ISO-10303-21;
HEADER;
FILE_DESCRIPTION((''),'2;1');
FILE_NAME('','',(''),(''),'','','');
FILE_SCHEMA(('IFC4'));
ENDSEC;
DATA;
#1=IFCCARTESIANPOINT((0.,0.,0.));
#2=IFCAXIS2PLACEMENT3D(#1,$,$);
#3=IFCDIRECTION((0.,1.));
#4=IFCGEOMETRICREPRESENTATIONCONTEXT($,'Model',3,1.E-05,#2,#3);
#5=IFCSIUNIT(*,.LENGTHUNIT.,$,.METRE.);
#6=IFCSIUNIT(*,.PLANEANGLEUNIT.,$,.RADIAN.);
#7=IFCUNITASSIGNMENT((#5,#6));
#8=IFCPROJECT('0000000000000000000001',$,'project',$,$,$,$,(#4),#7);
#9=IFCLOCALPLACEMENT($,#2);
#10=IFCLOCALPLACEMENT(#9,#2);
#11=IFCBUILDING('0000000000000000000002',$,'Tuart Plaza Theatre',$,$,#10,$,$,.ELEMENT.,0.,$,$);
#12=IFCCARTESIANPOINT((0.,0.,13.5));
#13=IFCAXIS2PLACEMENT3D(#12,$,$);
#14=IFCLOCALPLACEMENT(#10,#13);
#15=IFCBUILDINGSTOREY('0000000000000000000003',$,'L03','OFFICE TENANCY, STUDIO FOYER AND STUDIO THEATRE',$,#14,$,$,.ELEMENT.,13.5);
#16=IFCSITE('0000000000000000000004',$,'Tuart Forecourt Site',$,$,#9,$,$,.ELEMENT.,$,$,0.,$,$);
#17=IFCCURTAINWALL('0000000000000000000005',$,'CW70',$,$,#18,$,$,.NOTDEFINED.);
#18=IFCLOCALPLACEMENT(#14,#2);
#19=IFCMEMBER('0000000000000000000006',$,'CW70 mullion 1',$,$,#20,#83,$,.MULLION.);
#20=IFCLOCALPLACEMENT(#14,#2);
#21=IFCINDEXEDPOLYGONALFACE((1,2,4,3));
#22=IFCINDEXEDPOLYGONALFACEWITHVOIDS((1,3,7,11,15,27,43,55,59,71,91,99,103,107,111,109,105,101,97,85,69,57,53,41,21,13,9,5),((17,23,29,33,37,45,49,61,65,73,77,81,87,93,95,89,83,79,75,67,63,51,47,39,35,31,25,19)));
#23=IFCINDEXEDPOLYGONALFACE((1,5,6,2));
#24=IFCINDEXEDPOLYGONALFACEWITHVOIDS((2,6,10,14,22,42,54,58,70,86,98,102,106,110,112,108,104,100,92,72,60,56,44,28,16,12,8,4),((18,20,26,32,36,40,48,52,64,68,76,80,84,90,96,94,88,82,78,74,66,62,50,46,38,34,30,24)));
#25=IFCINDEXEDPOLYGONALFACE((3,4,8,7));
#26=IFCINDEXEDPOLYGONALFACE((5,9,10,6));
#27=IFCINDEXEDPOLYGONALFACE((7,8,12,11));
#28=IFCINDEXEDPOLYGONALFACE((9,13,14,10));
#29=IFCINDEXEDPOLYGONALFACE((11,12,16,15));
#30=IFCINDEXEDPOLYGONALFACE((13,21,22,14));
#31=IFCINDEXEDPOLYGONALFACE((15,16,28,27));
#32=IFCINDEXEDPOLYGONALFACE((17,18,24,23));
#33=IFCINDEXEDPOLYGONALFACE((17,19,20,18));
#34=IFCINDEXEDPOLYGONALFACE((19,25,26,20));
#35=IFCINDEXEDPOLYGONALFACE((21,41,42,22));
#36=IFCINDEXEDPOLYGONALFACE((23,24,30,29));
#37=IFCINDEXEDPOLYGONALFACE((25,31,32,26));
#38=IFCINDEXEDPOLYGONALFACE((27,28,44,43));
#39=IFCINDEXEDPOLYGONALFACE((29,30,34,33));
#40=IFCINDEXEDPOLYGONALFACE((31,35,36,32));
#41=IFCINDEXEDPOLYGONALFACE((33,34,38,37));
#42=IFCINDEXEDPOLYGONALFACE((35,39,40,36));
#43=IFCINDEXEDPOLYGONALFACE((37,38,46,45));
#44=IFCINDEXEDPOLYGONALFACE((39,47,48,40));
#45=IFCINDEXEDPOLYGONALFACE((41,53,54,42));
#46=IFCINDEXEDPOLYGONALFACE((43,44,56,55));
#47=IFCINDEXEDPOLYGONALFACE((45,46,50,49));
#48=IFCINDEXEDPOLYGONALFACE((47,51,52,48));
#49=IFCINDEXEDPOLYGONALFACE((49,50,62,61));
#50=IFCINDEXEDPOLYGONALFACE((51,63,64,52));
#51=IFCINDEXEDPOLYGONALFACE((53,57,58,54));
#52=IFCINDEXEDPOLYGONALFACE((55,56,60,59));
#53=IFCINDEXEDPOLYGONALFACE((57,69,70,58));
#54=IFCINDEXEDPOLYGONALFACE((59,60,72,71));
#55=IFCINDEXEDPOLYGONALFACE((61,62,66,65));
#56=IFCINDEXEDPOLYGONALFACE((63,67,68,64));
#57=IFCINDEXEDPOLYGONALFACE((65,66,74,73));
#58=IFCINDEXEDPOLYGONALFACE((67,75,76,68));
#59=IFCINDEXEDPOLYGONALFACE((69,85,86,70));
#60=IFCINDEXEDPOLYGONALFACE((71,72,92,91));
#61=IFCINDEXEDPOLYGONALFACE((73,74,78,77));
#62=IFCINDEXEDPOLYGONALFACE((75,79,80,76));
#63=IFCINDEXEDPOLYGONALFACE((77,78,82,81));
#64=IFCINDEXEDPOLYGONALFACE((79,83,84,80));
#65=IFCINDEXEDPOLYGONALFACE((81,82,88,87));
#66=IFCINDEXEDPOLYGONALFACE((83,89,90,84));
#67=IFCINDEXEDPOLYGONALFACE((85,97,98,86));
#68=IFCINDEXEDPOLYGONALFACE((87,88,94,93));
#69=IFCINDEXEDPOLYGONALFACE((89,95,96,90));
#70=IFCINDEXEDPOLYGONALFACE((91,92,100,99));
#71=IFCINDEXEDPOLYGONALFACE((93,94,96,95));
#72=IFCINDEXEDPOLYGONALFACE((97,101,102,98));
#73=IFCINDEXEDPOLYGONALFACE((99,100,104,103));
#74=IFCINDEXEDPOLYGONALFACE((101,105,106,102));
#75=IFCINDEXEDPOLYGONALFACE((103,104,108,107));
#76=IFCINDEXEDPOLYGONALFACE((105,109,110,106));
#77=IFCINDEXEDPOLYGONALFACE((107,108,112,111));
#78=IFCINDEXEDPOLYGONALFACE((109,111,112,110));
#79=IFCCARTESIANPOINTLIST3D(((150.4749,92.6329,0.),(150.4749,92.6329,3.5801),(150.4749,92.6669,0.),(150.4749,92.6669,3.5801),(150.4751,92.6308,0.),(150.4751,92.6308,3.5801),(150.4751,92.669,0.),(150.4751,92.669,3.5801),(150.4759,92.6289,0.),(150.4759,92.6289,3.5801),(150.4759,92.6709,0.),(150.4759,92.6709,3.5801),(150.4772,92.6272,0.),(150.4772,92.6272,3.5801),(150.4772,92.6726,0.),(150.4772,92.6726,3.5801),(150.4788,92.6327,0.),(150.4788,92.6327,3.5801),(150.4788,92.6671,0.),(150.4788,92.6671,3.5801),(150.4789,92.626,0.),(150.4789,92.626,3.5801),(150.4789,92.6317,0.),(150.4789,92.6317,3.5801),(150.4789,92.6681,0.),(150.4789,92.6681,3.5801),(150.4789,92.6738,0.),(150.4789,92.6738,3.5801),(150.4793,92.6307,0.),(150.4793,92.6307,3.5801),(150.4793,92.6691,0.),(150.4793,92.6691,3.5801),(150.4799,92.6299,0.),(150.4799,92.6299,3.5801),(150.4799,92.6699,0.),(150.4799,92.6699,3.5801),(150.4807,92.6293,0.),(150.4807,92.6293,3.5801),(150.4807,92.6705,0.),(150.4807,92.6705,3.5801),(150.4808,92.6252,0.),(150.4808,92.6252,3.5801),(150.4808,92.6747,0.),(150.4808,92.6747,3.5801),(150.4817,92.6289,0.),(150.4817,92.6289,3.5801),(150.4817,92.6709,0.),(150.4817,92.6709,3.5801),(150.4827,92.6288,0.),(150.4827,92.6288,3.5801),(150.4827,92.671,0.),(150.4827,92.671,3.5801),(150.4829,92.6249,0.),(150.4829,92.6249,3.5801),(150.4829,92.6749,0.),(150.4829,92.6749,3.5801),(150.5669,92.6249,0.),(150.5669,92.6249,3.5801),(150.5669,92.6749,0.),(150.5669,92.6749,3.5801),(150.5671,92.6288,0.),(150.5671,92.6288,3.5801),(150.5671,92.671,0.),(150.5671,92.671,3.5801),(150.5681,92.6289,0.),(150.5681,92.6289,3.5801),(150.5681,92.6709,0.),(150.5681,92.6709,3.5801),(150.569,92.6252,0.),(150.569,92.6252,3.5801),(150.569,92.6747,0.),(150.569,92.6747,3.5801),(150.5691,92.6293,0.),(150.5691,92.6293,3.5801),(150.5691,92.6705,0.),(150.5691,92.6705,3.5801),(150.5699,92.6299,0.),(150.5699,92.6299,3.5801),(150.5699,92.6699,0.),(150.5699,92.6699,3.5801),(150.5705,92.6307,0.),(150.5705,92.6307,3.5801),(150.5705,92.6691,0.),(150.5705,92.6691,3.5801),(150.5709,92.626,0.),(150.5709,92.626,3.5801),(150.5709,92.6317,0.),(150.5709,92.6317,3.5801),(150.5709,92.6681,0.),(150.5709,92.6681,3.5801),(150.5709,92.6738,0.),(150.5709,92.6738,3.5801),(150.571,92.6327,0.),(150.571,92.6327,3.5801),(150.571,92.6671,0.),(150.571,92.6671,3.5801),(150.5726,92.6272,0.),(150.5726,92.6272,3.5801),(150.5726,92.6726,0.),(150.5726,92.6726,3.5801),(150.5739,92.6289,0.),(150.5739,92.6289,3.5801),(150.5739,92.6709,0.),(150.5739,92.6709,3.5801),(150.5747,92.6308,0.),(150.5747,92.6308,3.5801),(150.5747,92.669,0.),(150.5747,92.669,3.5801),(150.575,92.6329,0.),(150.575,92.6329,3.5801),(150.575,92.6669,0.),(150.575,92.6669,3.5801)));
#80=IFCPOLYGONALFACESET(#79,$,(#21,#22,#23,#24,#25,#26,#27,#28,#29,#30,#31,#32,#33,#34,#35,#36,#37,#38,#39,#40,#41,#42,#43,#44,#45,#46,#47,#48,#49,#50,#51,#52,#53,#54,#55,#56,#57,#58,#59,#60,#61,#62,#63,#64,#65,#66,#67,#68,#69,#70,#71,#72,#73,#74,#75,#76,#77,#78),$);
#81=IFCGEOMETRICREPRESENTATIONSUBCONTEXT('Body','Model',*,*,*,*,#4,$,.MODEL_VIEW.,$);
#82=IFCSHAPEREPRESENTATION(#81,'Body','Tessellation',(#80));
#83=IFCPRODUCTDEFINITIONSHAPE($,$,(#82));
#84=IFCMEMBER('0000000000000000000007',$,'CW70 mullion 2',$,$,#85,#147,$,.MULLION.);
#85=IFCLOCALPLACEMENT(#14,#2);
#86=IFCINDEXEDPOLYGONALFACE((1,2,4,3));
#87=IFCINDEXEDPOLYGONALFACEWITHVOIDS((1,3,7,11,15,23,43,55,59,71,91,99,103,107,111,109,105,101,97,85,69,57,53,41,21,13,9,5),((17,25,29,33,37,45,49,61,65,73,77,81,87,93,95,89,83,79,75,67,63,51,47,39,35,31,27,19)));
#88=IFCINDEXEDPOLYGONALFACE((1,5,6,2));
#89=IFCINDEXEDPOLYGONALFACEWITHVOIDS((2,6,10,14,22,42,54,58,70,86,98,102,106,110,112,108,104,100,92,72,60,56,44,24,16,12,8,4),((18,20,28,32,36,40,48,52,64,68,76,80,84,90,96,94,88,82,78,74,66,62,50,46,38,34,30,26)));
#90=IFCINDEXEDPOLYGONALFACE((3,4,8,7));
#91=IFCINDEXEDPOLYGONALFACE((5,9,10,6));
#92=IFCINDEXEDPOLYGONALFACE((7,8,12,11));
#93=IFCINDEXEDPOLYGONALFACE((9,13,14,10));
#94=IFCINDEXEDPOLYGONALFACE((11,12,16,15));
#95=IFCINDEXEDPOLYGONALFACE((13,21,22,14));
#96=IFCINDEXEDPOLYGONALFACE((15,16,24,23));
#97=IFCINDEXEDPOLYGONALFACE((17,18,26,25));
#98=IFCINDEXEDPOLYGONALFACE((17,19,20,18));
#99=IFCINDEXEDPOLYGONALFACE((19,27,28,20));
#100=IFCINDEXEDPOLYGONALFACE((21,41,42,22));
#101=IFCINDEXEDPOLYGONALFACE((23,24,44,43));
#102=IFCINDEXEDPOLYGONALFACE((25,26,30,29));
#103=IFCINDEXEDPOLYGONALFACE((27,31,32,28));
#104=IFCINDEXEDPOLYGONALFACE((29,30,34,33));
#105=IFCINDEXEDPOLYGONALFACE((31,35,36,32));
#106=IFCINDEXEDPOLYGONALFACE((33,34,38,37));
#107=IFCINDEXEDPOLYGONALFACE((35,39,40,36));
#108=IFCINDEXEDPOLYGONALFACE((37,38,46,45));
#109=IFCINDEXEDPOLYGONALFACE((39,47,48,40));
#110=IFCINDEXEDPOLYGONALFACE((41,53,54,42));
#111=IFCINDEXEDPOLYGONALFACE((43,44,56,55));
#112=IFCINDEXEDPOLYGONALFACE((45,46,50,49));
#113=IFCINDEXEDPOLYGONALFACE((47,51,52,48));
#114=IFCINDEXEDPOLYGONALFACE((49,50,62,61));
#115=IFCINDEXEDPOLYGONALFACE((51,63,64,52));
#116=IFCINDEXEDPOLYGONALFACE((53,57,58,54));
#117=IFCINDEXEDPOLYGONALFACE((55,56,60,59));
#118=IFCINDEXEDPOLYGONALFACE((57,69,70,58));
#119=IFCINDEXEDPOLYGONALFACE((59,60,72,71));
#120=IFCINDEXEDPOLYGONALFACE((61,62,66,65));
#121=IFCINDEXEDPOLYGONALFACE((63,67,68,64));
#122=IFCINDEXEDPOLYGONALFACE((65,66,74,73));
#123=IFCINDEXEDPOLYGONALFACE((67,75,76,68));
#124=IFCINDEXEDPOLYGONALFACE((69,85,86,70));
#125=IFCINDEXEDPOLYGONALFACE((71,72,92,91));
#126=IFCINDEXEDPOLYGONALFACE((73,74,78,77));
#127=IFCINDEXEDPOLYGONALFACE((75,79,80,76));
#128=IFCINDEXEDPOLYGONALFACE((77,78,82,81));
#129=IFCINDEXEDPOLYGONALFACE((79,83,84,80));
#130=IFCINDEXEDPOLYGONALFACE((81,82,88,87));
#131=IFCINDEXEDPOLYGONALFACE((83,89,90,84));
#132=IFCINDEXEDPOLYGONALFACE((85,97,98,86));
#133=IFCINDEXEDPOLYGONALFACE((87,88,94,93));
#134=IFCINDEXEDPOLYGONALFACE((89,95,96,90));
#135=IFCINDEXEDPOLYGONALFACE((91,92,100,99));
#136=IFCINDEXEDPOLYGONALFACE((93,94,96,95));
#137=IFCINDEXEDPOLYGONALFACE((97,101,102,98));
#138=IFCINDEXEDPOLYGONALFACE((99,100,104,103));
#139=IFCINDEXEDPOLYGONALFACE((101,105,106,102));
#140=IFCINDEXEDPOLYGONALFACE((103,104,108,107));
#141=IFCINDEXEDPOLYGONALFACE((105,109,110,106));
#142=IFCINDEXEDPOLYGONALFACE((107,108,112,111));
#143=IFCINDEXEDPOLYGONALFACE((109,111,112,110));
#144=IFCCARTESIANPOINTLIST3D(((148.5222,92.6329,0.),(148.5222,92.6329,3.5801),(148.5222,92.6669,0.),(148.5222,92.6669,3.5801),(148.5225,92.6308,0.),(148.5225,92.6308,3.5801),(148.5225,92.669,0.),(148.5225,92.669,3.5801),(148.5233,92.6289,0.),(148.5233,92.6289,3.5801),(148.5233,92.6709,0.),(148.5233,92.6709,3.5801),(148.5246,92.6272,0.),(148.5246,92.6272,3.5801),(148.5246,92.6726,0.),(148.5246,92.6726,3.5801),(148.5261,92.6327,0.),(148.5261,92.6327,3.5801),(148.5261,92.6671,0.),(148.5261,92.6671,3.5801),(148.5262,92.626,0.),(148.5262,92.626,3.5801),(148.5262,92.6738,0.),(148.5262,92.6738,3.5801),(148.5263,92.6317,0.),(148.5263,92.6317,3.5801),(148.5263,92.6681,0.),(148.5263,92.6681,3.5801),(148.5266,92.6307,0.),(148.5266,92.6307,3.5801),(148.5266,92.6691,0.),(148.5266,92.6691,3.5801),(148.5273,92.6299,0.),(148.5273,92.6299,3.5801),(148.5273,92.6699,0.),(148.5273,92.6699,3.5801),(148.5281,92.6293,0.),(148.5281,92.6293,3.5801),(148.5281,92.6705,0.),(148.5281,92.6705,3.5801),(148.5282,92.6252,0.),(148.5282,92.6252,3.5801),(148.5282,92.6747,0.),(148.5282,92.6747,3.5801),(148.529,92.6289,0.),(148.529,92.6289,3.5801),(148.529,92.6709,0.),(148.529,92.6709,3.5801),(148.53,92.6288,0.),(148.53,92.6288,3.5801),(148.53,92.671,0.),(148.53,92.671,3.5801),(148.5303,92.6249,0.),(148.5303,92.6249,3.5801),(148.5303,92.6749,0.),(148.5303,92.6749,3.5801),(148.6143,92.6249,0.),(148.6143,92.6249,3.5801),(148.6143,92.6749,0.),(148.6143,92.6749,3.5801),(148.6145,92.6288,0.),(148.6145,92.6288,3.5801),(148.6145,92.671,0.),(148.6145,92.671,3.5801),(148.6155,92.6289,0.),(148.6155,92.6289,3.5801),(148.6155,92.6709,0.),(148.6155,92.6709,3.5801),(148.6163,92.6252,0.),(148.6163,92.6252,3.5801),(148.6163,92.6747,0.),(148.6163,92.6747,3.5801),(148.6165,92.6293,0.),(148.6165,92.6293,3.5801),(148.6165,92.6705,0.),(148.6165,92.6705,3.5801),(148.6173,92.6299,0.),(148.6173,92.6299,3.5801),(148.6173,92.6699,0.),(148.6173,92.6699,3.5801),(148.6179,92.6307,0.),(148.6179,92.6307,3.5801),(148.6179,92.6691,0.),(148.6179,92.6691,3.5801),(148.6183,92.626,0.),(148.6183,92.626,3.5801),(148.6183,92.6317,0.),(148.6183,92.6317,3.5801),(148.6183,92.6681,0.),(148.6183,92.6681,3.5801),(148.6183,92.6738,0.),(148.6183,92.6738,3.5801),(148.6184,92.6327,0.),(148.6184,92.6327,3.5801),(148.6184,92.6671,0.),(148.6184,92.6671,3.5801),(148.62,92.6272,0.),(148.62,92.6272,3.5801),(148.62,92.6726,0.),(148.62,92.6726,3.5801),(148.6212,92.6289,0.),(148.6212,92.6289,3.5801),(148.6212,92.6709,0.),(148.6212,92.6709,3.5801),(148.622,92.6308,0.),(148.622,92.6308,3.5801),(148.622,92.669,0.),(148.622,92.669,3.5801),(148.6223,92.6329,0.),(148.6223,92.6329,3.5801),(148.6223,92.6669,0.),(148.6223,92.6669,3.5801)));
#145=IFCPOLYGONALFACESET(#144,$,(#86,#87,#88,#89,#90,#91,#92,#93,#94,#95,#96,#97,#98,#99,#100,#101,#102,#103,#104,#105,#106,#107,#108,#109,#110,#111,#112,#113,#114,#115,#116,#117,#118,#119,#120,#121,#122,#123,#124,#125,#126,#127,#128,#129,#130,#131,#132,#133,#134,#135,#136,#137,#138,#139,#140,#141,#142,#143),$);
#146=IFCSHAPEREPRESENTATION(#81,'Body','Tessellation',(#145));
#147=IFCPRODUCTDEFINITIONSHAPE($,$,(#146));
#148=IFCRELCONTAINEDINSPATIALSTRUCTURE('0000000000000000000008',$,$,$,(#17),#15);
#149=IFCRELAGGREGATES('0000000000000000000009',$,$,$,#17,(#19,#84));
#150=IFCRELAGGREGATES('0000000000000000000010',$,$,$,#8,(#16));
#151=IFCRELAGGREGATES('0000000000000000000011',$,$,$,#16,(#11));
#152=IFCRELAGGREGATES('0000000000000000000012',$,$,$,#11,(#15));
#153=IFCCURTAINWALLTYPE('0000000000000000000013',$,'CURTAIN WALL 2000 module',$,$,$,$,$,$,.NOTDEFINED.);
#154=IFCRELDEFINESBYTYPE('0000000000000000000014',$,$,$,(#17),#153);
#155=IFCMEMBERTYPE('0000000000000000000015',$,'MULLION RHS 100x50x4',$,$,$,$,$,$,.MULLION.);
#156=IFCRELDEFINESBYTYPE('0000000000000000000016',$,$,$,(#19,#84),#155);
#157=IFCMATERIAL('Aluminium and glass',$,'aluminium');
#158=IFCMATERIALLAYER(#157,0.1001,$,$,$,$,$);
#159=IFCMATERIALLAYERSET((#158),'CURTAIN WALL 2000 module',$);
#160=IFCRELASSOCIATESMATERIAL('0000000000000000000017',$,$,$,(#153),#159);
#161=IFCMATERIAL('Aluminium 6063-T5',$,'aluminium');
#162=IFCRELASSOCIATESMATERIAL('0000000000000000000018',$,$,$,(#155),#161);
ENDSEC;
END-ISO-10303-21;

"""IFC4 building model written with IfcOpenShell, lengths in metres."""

from ifc_helpers import new_model, si_unit, direction, frame, origin, origin_2d, place, context, subcontext, project, spatial, hollow_rectangle, extrude, material, layer, layer_set, material_profile, profile_set, type_object, element, aggregate, save


model = new_model("IFC4")

# Units and contexts
model_context = context("Model", 3, precision=1e-05, world=origin(), true_north=direction((0.0, 1.0)))
body_context = subcontext(model_context, "Body", "Model", "MODEL_VIEW")
ifc_project = project(units=[si_unit("LENGTHUNIT", "METRE"), si_unit("PLANEANGLEUNIT", "RADIAN")], contexts=[model_context])

# Site, building, storey
site_placement = place(None, origin())
site = spatial("IfcSite", under=ifc_project, at=site_placement, Name="Tuart Forecourt Site", CompositionType="ELEMENT", RefElevation=0.0)
building_placement = place(site_placement, origin())
building = spatial("IfcBuilding", under=site, at=building_placement, Name="Tuart Plaza Theatre", CompositionType="ELEMENT", ElevationOfRefHeight=0.0)
storey_placement = place(building_placement, frame((0.0, 0.0, 13.5)))
storey = spatial("IfcBuildingStorey", under=building, at=storey_placement, Name="L03", Description="OFFICE TENANCY, STUDIO FOYER AND STUDIO THEATRE", CompositionType="ELEMENT", Elevation=13.5)

# Curtain wall, members
ifc_material_1 = material(Name="Aluminium and glass", Category="aluminium")
ifc_layer_1 = layer(ifc_material_1, 0.1001)
ifc_layer_set_1 = layer_set([ifc_layer_1], Name="CURTAIN WALL 2000 module")
curtain_wall_type = type_object("IfcCurtainWallType", Name="CURTAIN WALL 2000 module", PredefinedType="NOTDEFINED", material=ifc_layer_set_1)
ifc_material_2 = material(Name="Aluminium 6063-T5", Category="aluminium")
ifc_material_profile_1 = material_profile(ifc_material_2, hollow_rectangle(XDim=0.05, YDim=0.1001, WallThickness=0.0039, InnerFilletRadius=0.0039, OuterFilletRadius=0.0081, at=origin_2d()), Name="RHS 100x50x4")
ifc_profile_set_1 = profile_set([ifc_material_profile_1], Name="Aluminium 6063-T5")
member_type_1 = type_object("IfcMemberType", Name="MULLION RHS 100x50x4", PredefinedType="MULLION", material=ifc_profile_set_1)
curtain_wall_1_placement = place(storey_placement, origin())
curtain_wall_1 = element("IfcCurtainWall", 1, at=curtain_wall_1_placement, inside=storey, type_object=curtain_wall_type, Name="CW70", PredefinedType="NOTDEFINED")
member_1_placement = place(storey_placement, frame((150.5249, 92.6499, 0.0), z_axis=(0.0, 0.0, 1.0), x_axis=(0.0, -1.0, 0.0)))
member_1 = element("IfcMember", 2, at=member_1_placement, type_object=member_type_1, Name="CW70 mullion 1", PredefinedType="MULLION", context=body_context, shape_type="SweptSolid", body=[
    extrude(hollow_rectangle(XDim=0.05, YDim=0.1001, WallThickness=0.0039, InnerFilletRadius=0.0039, OuterFilletRadius=0.0081, at=origin_2d()), origin(), (0.0, 0.0, 1.0), 3.5801),
])
member_2_placement = place(storey_placement, frame((148.5723, 92.6499, 0.0), z_axis=(0.0, 0.0, 1.0), x_axis=(0.0, -1.0, 0.0)))
member_2 = element("IfcMember", 3, at=member_2_placement, type_object=member_type_1, Name="CW70 mullion 2", PredefinedType="MULLION", context=body_context, shape_type="SweptSolid", body=[
    extrude(hollow_rectangle(XDim=0.05, YDim=0.1001, WallThickness=0.0039, InnerFilletRadius=0.0039, OuterFilletRadius=0.0081, at=origin_2d()), origin(), (0.0, 0.0, 1.0), 3.5801),
])

aggregate(curtain_wall_1, [member_1, member_2])

save(model, "model.ifc")
